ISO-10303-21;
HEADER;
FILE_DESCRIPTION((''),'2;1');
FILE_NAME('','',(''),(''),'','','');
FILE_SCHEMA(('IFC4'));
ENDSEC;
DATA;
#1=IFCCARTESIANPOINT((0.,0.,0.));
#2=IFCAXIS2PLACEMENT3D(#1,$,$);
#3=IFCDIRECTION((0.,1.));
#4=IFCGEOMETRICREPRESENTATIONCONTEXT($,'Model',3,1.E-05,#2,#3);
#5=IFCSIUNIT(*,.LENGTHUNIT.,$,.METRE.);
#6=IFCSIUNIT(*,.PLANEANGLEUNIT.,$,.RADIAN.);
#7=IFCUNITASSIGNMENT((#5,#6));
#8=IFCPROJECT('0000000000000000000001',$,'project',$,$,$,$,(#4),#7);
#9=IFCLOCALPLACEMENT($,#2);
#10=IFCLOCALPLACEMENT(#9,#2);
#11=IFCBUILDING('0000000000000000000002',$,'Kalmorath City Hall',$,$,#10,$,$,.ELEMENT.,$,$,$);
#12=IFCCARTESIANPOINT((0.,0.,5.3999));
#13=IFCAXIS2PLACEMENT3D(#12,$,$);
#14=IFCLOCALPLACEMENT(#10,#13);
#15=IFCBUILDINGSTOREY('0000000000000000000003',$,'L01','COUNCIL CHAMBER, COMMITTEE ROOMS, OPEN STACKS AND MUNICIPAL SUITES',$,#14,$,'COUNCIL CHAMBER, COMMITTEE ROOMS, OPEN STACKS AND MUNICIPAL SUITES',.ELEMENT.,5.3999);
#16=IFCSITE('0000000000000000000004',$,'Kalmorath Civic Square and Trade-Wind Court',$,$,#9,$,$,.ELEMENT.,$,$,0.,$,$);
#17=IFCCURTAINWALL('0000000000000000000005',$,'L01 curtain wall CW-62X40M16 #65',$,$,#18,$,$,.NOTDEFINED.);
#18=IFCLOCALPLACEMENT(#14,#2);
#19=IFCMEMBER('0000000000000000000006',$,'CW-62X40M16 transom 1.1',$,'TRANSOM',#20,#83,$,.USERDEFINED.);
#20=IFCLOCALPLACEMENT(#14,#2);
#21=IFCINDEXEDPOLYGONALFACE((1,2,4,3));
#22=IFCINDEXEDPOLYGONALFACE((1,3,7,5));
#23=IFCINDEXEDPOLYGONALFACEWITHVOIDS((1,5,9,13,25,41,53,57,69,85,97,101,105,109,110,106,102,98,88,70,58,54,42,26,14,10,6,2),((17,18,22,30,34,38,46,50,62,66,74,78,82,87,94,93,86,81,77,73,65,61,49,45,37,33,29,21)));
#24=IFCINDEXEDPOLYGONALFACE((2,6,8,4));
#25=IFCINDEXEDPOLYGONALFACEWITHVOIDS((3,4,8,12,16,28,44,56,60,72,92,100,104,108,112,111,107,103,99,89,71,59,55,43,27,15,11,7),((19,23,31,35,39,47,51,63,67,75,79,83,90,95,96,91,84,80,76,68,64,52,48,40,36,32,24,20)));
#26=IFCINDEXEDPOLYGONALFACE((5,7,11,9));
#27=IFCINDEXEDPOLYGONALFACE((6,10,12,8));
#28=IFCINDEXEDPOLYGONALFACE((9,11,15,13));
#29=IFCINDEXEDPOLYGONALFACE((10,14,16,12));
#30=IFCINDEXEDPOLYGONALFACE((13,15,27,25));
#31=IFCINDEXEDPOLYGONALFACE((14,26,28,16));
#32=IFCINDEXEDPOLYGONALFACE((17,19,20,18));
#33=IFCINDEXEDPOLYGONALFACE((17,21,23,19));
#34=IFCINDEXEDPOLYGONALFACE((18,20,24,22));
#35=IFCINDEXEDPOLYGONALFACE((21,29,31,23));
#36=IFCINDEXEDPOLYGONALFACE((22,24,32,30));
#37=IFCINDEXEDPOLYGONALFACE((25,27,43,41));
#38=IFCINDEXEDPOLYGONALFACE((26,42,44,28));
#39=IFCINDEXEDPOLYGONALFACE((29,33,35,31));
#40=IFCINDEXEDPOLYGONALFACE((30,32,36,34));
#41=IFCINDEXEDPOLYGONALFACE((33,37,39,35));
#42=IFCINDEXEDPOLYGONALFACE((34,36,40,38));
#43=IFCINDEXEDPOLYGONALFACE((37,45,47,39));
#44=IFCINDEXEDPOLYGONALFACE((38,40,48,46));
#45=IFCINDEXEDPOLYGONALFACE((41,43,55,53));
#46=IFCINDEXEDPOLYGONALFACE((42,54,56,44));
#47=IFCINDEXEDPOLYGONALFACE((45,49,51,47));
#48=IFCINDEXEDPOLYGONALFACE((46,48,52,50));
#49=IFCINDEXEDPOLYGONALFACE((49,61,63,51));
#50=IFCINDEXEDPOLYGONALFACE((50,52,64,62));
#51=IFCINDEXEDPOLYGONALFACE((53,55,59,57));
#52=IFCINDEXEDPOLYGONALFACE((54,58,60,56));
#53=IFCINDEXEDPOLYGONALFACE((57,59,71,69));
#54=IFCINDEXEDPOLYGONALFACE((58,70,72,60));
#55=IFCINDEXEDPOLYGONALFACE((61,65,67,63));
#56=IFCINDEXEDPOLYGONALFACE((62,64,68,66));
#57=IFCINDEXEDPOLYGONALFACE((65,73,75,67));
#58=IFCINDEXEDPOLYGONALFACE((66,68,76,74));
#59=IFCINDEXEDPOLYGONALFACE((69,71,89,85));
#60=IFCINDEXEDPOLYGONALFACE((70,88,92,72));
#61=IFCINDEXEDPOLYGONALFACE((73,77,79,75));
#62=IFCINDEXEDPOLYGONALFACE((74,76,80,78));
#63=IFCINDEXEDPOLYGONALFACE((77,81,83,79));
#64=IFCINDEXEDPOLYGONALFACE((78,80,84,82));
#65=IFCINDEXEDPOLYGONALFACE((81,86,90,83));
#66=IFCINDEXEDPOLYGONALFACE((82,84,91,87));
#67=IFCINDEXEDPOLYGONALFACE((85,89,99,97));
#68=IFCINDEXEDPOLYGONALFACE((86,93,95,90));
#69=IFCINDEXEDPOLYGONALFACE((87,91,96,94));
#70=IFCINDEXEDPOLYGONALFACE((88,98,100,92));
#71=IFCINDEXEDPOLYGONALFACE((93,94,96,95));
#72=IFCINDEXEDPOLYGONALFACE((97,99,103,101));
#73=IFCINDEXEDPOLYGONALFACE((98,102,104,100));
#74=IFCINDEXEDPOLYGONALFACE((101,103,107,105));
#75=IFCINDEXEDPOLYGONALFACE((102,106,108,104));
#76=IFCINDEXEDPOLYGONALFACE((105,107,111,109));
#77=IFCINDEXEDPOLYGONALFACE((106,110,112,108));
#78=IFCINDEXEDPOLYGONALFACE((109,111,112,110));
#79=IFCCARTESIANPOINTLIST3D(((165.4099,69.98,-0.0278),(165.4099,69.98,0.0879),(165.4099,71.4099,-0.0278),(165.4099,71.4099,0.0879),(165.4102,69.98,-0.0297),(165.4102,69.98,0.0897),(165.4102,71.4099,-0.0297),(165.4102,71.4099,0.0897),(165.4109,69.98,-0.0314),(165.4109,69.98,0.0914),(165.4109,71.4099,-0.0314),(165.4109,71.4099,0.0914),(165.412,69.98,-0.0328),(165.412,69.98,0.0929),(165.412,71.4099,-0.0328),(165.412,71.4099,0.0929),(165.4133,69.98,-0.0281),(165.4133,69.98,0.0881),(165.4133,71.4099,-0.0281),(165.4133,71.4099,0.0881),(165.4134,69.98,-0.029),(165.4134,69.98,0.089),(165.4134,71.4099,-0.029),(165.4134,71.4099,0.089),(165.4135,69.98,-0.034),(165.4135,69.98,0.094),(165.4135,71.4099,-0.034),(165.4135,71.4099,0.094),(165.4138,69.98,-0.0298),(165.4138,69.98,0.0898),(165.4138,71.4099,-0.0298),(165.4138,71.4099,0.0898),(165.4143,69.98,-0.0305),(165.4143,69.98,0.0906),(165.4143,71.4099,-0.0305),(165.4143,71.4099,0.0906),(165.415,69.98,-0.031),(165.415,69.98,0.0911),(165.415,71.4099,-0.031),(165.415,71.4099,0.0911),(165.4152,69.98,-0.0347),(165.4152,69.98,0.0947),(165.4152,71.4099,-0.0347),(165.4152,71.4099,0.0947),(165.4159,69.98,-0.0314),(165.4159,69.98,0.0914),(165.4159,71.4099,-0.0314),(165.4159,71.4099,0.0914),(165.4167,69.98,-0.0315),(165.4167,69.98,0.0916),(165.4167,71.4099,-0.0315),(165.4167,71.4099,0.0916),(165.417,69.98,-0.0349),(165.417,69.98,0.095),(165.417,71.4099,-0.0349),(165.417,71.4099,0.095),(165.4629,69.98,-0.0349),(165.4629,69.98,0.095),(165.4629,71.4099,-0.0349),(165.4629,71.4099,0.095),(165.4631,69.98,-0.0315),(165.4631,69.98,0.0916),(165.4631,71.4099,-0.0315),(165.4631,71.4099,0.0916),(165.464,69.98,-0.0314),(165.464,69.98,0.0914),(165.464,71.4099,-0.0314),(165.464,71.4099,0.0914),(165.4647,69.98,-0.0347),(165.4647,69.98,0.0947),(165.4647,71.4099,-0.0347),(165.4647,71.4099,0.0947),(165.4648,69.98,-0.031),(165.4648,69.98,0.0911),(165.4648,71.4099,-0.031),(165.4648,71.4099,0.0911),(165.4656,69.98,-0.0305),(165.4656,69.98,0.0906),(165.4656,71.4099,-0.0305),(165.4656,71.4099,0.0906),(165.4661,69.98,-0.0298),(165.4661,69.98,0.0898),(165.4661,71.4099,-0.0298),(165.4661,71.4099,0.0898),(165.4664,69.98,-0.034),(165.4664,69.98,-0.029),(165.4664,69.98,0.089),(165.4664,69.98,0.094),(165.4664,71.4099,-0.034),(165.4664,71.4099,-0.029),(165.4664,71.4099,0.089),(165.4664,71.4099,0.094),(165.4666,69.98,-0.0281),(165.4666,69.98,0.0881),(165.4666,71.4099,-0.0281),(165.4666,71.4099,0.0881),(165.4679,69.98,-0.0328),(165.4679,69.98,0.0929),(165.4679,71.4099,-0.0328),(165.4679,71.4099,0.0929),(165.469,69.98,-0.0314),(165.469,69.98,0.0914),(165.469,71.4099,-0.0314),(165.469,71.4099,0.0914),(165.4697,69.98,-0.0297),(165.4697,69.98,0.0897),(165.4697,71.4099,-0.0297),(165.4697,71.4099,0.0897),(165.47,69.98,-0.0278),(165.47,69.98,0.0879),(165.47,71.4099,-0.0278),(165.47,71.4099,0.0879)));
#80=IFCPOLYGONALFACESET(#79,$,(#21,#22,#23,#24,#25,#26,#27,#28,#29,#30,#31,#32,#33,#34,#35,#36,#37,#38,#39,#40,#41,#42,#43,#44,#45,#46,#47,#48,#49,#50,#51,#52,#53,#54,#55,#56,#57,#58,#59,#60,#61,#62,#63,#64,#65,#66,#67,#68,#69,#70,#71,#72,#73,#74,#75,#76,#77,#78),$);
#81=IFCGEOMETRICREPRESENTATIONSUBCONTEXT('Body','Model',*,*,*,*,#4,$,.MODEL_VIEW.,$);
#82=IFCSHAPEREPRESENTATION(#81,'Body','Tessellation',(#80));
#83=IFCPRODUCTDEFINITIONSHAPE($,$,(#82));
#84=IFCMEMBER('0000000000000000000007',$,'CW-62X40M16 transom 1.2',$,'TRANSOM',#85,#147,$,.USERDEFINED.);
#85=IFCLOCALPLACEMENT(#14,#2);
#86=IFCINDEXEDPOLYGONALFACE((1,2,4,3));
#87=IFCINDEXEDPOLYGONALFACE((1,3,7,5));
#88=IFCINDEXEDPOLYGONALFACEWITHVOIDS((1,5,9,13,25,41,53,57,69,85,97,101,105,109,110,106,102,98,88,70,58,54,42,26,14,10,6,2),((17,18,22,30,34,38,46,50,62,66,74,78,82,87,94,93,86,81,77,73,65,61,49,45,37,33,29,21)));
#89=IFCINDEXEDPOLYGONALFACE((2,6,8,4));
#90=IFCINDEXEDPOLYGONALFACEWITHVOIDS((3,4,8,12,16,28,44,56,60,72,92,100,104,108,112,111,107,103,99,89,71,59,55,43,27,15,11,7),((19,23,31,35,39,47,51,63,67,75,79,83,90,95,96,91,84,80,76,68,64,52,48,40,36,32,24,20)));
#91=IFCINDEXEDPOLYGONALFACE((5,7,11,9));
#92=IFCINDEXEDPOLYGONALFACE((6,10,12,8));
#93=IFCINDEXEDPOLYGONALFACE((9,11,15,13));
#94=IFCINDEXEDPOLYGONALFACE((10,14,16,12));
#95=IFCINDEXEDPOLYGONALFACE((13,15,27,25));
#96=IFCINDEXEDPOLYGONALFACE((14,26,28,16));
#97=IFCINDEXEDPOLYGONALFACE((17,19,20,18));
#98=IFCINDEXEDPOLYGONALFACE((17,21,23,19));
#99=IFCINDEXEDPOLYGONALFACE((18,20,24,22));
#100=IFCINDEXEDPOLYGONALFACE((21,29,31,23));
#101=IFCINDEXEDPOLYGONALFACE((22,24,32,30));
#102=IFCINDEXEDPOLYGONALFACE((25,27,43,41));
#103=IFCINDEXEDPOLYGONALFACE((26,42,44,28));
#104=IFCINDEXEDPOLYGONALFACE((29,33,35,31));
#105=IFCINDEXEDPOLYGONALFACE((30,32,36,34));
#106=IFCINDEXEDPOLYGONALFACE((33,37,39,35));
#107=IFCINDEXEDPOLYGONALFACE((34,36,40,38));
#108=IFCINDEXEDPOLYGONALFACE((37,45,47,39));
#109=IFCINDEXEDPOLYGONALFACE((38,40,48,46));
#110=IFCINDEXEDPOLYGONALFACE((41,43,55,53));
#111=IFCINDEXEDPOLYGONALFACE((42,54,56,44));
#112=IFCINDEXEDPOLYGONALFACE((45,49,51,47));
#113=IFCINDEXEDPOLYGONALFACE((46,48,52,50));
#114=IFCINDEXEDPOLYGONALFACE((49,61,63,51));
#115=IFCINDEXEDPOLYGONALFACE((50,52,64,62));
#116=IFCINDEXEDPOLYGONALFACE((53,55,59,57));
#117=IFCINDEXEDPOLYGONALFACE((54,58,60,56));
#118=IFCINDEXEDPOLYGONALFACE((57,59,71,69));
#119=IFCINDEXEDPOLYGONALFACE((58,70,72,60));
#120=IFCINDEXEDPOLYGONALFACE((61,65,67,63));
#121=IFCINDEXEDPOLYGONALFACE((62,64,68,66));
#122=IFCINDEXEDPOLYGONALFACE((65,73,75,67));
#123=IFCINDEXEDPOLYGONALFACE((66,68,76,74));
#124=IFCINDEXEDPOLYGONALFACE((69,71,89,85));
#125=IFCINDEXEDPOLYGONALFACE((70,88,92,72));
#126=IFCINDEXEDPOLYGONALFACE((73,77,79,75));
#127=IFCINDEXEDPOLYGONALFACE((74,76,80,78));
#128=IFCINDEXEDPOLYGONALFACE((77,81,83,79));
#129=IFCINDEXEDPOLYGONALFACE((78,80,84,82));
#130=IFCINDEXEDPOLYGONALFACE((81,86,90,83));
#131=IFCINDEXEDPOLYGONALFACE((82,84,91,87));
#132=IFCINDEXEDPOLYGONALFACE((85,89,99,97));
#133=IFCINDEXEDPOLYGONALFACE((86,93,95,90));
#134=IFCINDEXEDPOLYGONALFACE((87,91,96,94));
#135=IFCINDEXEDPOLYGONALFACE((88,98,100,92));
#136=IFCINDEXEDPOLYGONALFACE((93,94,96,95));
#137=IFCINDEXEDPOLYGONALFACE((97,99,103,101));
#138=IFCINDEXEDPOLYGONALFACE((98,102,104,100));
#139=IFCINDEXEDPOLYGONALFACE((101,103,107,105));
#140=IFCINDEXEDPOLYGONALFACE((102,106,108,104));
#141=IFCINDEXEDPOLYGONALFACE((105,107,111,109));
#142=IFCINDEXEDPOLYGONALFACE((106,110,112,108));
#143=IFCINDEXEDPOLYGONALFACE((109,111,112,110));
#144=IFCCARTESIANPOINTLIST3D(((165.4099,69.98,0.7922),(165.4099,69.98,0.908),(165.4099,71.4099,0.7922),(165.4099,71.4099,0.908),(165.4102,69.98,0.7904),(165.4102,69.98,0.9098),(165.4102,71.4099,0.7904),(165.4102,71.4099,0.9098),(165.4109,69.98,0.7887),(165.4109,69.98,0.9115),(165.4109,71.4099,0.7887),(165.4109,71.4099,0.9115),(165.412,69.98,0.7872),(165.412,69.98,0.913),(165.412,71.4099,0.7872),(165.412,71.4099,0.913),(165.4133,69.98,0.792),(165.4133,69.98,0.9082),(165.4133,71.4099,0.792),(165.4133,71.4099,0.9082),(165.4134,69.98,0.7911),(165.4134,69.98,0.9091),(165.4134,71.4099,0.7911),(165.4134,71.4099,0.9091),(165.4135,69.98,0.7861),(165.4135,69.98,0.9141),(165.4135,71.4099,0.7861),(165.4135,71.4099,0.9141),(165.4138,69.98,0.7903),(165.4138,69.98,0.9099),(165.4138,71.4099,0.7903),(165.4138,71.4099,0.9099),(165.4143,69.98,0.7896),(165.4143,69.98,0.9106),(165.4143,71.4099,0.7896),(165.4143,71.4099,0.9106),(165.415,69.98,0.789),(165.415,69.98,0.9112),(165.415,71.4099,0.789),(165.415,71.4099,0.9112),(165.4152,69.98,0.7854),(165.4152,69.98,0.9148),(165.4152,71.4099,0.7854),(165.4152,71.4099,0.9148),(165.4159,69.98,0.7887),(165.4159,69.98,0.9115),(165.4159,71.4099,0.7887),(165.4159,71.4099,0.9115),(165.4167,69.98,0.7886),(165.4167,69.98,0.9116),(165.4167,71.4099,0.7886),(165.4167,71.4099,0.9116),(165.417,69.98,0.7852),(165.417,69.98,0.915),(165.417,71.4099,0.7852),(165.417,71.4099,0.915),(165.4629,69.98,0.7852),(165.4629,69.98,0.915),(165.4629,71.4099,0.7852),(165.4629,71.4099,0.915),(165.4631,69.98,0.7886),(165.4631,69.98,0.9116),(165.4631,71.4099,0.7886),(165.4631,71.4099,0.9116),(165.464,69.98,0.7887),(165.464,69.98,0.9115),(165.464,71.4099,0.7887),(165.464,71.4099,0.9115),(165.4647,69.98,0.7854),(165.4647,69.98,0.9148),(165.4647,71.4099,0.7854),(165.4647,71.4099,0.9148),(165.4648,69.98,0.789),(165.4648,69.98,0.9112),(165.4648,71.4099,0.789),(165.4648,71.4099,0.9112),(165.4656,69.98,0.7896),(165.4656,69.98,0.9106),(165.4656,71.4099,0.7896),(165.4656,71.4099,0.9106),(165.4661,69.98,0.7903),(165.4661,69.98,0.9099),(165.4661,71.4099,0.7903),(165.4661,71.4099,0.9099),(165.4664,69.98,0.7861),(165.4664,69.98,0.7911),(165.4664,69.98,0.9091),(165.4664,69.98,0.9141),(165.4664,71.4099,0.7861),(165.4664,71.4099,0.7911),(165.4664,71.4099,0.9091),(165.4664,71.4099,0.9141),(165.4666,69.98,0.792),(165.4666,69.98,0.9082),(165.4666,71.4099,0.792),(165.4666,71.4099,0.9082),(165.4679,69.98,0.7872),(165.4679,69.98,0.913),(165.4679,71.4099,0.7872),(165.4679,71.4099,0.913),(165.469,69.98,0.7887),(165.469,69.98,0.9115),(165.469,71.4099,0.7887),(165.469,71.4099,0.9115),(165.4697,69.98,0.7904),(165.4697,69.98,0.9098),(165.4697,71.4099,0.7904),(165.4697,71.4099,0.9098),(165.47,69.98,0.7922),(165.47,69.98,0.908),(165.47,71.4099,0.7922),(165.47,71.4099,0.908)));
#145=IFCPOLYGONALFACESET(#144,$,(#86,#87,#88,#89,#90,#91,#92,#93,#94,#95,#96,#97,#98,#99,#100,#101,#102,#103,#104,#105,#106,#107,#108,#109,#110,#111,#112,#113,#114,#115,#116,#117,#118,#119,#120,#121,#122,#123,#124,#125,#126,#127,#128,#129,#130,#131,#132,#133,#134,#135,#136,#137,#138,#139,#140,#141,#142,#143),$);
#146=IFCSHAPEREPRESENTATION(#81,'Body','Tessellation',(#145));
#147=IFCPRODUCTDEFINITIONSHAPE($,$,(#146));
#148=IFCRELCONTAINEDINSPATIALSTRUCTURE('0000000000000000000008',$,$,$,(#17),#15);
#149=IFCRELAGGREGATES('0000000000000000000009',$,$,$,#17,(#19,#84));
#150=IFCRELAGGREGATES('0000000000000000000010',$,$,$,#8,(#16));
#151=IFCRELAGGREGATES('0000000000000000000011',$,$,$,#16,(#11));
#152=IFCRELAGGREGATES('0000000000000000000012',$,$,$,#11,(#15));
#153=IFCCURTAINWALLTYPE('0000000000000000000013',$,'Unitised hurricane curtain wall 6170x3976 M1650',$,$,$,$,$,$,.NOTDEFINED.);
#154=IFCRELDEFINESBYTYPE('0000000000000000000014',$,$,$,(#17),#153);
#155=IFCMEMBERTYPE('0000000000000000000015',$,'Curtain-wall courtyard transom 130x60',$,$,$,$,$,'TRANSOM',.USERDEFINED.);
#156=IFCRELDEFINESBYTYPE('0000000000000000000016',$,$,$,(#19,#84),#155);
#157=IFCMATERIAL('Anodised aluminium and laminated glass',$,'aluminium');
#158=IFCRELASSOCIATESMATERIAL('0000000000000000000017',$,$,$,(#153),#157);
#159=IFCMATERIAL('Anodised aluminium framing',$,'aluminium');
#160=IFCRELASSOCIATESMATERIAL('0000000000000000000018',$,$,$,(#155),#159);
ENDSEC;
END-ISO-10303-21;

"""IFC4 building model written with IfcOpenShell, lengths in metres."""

from ifc_helpers import new_model, si_unit, direction, frame, origin, origin_2d, place, context, subcontext, project, spatial, hollow_rectangle, extrude, material, material_profile, profile_set, type_object, element, aggregate, save


model = new_model("IFC4")

# Units and contexts
model_context = context("Model", 3, precision=1e-05, world=origin(), true_north=direction((0.0, 1.0)))
body_context = subcontext(model_context, "Body", "Model", "MODEL_VIEW")
ifc_project = project(units=[si_unit("LENGTHUNIT", "METRE"), si_unit("PLANEANGLEUNIT", "RADIAN")], contexts=[model_context])

# Site, building, storey
site_placement = place(None, origin())
site = spatial("IfcSite", under=ifc_project, at=site_placement, Name="Kalmorath Civic Square and Trade-Wind Court", CompositionType="ELEMENT", RefElevation=0.0)
building_placement = place(site_placement, origin())
building = spatial("IfcBuilding", under=site, at=building_placement, Name="Kalmorath City Hall", CompositionType="ELEMENT")
storey_placement = place(building_placement, frame((0.0, 0.0, 5.3999)))
storey = spatial("IfcBuildingStorey", under=building, at=storey_placement, Name="L01", Description="COUNCIL CHAMBER, COMMITTEE ROOMS, OPEN STACKS AND MUNICIPAL SUITES", LongName="COUNCIL CHAMBER, COMMITTEE ROOMS, OPEN STACKS AND MUNICIPAL SUITES", CompositionType="ELEMENT", Elevation=5.3999)

# Curtain wall, members
ifc_material_1 = material(Name="Anodised aluminium and laminated glass", Category="aluminium")
curtain_wall_type = type_object("IfcCurtainWallType", Name="Unitised hurricane curtain wall 6170x3976 M1650", PredefinedType="NOTDEFINED", material=ifc_material_1)
curtain_wall_placement = place(storey_placement, origin())
curtain_wall = element("IfcCurtainWall", 1, at=curtain_wall_placement, inside=storey, type_object=curtain_wall_type, Name="L01 curtain wall CW-62X40M16 #65", PredefinedType="NOTDEFINED")
ifc_material_2 = material(Name="Anodised aluminium framing", Category="aluminium")
ifc_material_profile_1 = material_profile(ifc_material_2, hollow_rectangle(XDim=0.0601, YDim=0.1299, WallThickness=0.0034, InnerFilletRadius=0.0034, OuterFilletRadius=0.0071, at=origin_2d()), Name="ALU-TRN-130X60X3.5")
ifc_profile_set_1 = profile_set([ifc_material_profile_1], Name="Anodised aluminium framing")
member_type_1 = type_object("IfcMemberType", Name="Curtain-wall courtyard transom 130x60", ElementType="TRANSOM", PredefinedType="USERDEFINED", material=ifc_profile_set_1)
member_1_placement = place(storey_placement, frame((165.4399, 71.4099, 0.03), z_axis=(0.0, -1.0, 0.0), x_axis=(1.0, 0.0, 0.0)))
member_1 = element("IfcMember", 2, at=member_1_placement, type_object=member_type_1, Name="CW-62X40M16 transom 1.1", ObjectType="TRANSOM", PredefinedType="USERDEFINED", context=body_context, shape_type="SweptSolid", body=[
    extrude(hollow_rectangle(XDim=0.0601, YDim=0.1299, WallThickness=0.0034, InnerFilletRadius=0.0034, OuterFilletRadius=0.0071, at=origin_2d()), origin(), (0.0, 0.0, 1.0), 1.4299),
])
member_2_placement = place(storey_placement, frame((165.4399, 71.4099, 0.8501), z_axis=(0.0, -1.0, 0.0), x_axis=(1.0, 0.0, 0.0)))
member_2 = element("IfcMember", 3, at=member_2_placement, type_object=member_type_1, Name="CW-62X40M16 transom 1.2", ObjectType="TRANSOM", PredefinedType="USERDEFINED", context=body_context, shape_type="SweptSolid", body=[
    extrude(hollow_rectangle(XDim=0.0601, YDim=0.1299, WallThickness=0.0034, InnerFilletRadius=0.0034, OuterFilletRadius=0.0071, at=origin_2d()), origin(), (0.0, 0.0, 1.0), 1.4299),
])

aggregate(curtain_wall, [member_1, member_2])

save(model, "model.ifc")
